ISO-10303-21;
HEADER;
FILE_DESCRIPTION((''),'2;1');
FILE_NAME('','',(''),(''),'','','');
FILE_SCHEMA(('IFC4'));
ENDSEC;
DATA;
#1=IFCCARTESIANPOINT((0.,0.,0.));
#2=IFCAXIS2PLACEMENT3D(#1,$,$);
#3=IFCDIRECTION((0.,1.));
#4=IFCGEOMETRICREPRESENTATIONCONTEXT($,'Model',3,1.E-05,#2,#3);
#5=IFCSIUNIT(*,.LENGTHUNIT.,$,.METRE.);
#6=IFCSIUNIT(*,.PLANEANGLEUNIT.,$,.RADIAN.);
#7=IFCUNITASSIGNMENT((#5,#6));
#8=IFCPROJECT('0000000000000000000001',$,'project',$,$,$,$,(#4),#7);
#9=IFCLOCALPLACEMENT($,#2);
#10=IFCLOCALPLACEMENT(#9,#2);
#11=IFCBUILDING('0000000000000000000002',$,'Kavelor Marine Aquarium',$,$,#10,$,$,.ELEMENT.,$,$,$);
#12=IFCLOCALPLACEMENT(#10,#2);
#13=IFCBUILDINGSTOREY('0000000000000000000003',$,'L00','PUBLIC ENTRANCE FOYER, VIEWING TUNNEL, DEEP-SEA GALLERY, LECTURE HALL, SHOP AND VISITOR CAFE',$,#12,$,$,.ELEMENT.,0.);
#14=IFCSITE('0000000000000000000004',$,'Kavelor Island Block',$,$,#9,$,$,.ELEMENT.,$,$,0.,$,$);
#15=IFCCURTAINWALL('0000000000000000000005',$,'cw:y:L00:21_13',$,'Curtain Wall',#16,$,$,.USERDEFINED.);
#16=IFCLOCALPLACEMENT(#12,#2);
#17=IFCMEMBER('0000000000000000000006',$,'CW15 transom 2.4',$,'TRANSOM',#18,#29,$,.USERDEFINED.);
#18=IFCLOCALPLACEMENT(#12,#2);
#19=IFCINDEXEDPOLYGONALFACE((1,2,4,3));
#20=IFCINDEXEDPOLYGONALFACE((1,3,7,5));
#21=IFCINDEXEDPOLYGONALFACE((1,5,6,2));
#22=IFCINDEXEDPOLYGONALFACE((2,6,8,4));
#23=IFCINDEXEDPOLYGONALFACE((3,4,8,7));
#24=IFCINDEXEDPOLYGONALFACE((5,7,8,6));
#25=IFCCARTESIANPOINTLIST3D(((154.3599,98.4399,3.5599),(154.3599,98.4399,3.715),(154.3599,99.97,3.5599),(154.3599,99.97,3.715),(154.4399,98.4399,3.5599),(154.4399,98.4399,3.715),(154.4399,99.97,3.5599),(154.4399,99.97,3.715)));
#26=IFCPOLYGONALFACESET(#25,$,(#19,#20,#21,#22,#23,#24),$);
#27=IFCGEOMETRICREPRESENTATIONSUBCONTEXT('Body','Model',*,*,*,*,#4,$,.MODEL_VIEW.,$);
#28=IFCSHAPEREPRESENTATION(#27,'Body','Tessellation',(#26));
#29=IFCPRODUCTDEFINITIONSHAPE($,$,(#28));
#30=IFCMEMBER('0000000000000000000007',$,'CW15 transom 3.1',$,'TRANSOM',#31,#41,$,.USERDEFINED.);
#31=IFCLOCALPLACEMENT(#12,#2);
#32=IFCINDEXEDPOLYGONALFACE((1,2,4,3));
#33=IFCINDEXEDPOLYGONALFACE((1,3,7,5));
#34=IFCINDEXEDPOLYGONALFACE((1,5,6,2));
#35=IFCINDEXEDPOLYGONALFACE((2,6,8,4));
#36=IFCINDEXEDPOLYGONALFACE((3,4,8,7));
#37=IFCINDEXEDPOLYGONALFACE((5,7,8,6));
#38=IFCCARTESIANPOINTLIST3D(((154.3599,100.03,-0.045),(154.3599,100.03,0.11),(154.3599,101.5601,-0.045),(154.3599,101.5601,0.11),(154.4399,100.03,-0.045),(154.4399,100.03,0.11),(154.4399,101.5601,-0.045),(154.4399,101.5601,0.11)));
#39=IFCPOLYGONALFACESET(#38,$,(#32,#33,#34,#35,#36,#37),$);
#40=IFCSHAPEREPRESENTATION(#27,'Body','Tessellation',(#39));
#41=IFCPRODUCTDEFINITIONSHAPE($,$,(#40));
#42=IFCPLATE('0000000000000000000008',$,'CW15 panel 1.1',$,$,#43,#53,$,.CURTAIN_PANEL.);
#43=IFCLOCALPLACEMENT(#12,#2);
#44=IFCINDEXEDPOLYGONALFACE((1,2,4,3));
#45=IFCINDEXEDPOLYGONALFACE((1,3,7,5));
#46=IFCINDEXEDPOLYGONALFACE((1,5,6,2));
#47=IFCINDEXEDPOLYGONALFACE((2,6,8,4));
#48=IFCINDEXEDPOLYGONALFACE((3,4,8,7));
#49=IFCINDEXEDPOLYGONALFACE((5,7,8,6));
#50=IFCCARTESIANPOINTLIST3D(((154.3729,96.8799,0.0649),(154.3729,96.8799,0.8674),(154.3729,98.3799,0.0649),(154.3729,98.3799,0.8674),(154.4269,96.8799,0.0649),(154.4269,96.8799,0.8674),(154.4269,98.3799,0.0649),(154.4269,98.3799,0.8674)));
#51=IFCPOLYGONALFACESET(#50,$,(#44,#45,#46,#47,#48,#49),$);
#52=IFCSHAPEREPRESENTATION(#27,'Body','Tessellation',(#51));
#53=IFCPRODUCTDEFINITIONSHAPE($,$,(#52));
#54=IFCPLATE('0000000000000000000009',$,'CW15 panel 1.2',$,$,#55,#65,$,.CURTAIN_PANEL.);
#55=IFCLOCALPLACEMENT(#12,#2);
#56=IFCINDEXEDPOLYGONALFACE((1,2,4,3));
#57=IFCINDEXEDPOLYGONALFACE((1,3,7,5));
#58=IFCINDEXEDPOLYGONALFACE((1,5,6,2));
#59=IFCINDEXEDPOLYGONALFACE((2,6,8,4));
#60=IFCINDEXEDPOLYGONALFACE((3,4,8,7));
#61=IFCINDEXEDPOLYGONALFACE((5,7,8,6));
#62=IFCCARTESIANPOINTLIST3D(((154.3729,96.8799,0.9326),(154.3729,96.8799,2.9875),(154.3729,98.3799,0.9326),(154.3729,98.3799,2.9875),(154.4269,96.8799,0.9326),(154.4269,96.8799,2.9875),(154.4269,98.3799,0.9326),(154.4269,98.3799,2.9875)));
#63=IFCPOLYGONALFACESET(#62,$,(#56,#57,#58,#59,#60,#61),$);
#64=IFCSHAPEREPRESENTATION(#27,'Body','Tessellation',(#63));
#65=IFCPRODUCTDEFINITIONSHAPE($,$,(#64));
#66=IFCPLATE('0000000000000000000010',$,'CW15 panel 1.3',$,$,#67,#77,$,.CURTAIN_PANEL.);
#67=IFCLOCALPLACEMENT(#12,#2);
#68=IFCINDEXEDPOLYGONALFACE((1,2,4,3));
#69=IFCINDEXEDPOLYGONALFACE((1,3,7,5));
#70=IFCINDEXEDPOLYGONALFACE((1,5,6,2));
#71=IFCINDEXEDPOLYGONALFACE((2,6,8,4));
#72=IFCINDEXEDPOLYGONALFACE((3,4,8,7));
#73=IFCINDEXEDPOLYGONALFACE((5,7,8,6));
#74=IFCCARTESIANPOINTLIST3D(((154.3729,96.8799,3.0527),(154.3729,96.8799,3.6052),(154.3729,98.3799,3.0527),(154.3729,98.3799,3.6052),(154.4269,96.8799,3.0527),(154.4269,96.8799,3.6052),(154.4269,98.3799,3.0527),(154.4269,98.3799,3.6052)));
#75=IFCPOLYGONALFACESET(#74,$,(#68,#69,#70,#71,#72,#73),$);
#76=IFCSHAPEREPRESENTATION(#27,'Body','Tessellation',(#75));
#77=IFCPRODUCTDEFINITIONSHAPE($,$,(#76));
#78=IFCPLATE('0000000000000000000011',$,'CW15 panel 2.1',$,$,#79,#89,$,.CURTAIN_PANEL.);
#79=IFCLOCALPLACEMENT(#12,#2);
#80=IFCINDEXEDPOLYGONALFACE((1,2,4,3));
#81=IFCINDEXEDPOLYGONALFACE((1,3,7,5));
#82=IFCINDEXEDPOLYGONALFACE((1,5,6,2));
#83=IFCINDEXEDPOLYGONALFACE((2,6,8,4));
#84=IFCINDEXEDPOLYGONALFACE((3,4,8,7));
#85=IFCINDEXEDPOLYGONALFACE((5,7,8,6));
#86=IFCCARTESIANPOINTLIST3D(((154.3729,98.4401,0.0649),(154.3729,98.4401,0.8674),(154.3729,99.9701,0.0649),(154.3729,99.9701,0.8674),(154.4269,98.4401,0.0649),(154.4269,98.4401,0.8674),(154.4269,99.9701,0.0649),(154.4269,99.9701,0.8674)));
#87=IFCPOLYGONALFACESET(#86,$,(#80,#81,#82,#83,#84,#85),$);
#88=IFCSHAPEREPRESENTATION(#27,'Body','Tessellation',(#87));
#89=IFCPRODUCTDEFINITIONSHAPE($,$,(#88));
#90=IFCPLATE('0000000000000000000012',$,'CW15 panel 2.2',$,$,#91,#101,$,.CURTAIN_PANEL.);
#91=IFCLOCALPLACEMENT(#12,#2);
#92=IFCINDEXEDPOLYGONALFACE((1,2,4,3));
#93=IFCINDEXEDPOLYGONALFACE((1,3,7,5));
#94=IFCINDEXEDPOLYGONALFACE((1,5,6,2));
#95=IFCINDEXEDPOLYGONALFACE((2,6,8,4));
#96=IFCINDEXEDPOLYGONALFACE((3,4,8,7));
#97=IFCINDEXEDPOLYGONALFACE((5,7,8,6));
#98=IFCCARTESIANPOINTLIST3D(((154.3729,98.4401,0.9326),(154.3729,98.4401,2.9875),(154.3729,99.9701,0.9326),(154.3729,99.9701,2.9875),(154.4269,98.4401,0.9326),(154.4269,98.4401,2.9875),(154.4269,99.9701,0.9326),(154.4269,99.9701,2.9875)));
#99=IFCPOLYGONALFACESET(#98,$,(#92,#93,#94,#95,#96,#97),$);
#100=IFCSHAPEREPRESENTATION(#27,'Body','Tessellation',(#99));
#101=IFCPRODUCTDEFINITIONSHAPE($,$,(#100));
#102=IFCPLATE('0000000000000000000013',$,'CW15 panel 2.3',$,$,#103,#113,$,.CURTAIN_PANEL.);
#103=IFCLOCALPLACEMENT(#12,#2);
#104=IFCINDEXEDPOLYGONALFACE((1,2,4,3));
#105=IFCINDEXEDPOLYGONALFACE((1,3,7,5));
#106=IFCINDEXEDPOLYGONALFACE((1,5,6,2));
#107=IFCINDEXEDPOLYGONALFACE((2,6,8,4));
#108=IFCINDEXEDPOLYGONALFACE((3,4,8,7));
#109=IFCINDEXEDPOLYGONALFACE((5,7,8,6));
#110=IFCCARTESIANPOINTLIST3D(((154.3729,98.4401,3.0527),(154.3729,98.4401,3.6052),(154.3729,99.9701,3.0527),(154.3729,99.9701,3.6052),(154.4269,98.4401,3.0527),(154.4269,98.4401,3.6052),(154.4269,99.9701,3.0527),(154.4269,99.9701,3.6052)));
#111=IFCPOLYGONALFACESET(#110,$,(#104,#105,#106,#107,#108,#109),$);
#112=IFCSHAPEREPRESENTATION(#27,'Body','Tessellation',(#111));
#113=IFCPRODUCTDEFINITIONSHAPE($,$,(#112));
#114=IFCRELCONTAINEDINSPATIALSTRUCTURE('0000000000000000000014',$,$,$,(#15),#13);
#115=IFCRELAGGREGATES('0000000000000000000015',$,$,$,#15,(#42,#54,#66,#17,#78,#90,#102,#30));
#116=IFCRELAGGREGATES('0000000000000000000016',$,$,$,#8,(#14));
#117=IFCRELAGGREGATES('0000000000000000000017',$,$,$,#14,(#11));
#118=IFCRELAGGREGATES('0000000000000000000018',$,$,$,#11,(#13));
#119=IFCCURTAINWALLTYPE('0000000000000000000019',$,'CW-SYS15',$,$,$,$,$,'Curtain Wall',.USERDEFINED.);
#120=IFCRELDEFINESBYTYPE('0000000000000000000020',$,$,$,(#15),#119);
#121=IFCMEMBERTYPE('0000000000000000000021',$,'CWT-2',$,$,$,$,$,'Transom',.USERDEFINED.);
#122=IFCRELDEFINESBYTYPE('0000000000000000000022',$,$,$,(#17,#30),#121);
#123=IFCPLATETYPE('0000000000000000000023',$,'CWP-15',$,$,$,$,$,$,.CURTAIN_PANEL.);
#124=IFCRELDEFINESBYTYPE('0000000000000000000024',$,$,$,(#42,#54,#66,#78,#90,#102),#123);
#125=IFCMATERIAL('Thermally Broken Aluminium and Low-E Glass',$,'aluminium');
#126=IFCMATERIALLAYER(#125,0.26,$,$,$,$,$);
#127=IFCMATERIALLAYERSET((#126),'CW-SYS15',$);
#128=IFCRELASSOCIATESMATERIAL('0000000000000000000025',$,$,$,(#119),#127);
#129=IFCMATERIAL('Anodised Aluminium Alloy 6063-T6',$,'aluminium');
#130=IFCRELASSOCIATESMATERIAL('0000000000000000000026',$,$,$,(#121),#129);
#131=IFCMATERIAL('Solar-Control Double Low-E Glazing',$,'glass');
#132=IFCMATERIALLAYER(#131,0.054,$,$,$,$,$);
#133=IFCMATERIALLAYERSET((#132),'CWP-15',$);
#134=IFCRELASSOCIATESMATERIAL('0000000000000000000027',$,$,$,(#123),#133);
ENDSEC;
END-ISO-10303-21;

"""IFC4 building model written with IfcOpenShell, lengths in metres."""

from ifc_helpers import new_model, si_unit, direction, frame, origin, origin_2d, place, context, subcontext, project, spatial, rectangle, extrude, material, layer, layer_set, material_profile, profile_set, type_object, element, aggregate, save


model = new_model("IFC4")

# Units and contexts
model_context = context("Model", 3, precision=1e-05, world=origin(), true_north=direction((0.0, 1.0)))
body_context = subcontext(model_context, "Body", "Model", "MODEL_VIEW")
ifc_project = project(units=[si_unit("LENGTHUNIT", "METRE"), si_unit("PLANEANGLEUNIT", "RADIAN")], contexts=[model_context])

# Site, building, storey
site_placement = place(None, origin())
site = spatial("IfcSite", under=ifc_project, at=site_placement, Name="Kavelor Island Block", CompositionType="ELEMENT", RefElevation=0.0)
building_placement = place(site_placement, origin())
building = spatial("IfcBuilding", under=site, at=building_placement, Name="Kavelor Marine Aquarium", CompositionType="ELEMENT")
storey_placement = place(building_placement, origin())
storey = spatial("IfcBuildingStorey", under=building, at=storey_placement, Name="L00", Description="PUBLIC ENTRANCE FOYER, VIEWING TUNNEL, DEEP-SEA GALLERY, LECTURE HALL, SHOP AND VISITOR CAFE", CompositionType="ELEMENT", Elevation=0.0)

# Curtain wall, members, plates
ifc_material_1 = material(Name="Thermally Broken Aluminium and Low-E Glass", Category="aluminium")
ifc_layer_1 = layer(ifc_material_1, 0.26)
ifc_layer_set_1 = layer_set([ifc_layer_1], Name="CW-SYS15")
curtain_wall_type = type_object("IfcCurtainWallType", Name="CW-SYS15", ElementType="Curtain Wall", PredefinedType="USERDEFINED", material=ifc_layer_set_1)
curtain_wall_placement = place(storey_placement, origin())
curtain_wall = element("IfcCurtainWall", 1, at=curtain_wall_placement, inside=storey, type_object=curtain_wall_type, Name="cw:y:L00:21_13", ObjectType="Curtain Wall", PredefinedType="USERDEFINED")
ifc_material_2 = material(Name="Anodised Aluminium Alloy 6063-T6", Category="aluminium")
ifc_material_profile_1 = material_profile(ifc_material_2, rectangle(XDim=0.0801, YDim=0.155, at=origin_2d()), Name="CW-TRN 80x155")
ifc_profile_set_1 = profile_set([ifc_material_profile_1], Name="Anodised Aluminium Alloy 6063-T6")
member_type_1 = type_object("IfcMemberType", Name="CWT-2", ElementType="Transom", PredefinedType="USERDEFINED", material=ifc_profile_set_1)
member_1_placement = place(storey_placement, frame((154.3999, 98.4399, 3.6375), z_axis=(0.0, 1.0, 0.0), x_axis=(-1.0, 0.0, 0.0)))
member_1 = element("IfcMember", 2, at=member_1_placement, type_object=member_type_1, Name="CW15 transom 2.4", ObjectType="TRANSOM", PredefinedType="USERDEFINED", context=body_context, shape_type="SweptSolid", body=[
    extrude(rectangle(XDim=0.0801, YDim=0.155, at=origin_2d()), origin(), (0.0, 0.0, 1.0), 1.53),
])
member_2_placement = place(storey_placement, frame((154.3999, 100.03, 0.0325), z_axis=(0.0, 1.0, 0.0), x_axis=(-1.0, 0.0, 0.0)))
member_2 = element("IfcMember", 3, at=member_2_placement, type_object=member_type_1, Name="CW15 transom 3.1", ObjectType="TRANSOM", PredefinedType="USERDEFINED", context=body_context, shape_type="SweptSolid", body=[
    extrude(rectangle(XDim=0.0801, YDim=0.155, at=origin_2d()), origin(), (0.0, 0.0, 1.0), 1.53),
])
ifc_material_3 = material(Name="Solar-Control Double Low-E Glazing", Category="glass")
ifc_layer_2 = layer(ifc_material_3, 0.054)
ifc_layer_set_2 = layer_set([ifc_layer_2], Name="CWP-15")
plate_type = type_object("IfcPlateType", Name="CWP-15", PredefinedType="CURTAIN_PANEL", material=ifc_layer_set_2)
plate_1_placement = place(storey_placement, frame((154.3999, 97.6299, 0.0649), z_axis=(0.0, 0.0, 1.0), x_axis=(0.0, 1.0, 0.0)))
plate_1 = element("IfcPlate", 4, at=plate_1_placement, type_object=plate_type, Name="CW15 panel 1.1", PredefinedType="CURTAIN_PANEL", context=body_context, shape_type="SweptSolid", body=[
    extrude(rectangle(XDim=1.5, YDim=0.054, at=origin_2d()), origin(), (0.0, 0.0, 1.0), 0.8025),
])
plate_2_placement = place(storey_placement, frame((154.3999, 97.6299, 0.9326), z_axis=(0.0, 0.0, 1.0), x_axis=(0.0, 1.0, 0.0)))
plate_2 = element("IfcPlate", 5, at=plate_2_placement, type_object=plate_type, Name="CW15 panel 1.2", PredefinedType="CURTAIN_PANEL", context=body_context, shape_type="SweptSolid", body=[
    extrude(rectangle(XDim=1.5, YDim=0.054, at=origin_2d()), origin(), (0.0, 0.0, 1.0), 2.0549),
])
plate_3_placement = place(storey_placement, frame((154.3999, 97.6299, 3.0527), z_axis=(0.0, 0.0, 1.0), x_axis=(0.0, 1.0, 0.0)))
plate_3 = element("IfcPlate", 6, at=plate_3_placement, type_object=plate_type, Name="CW15 panel 1.3", PredefinedType="CURTAIN_PANEL", context=body_context, shape_type="SweptSolid", body=[
    extrude(rectangle(XDim=1.5, YDim=0.054, at=origin_2d()), origin(), (0.0, 0.0, 1.0), 0.5525),
])
plate_4_placement = place(storey_placement, frame((154.3999, 99.2051, 0.0649), z_axis=(0.0, 0.0, 1.0), x_axis=(0.0, 1.0, 0.0)))
plate_4 = element("IfcPlate", 7, at=plate_4_placement, type_object=plate_type, Name="CW15 panel 2.1", PredefinedType="CURTAIN_PANEL", context=body_context, shape_type="SweptSolid", body=[
    extrude(rectangle(XDim=1.53, YDim=0.054, at=origin_2d()), origin(), (0.0, 0.0, 1.0), 0.8025),
])
plate_5_placement = place(storey_placement, frame((154.3999, 99.2051, 0.9326), z_axis=(0.0, 0.0, 1.0), x_axis=(0.0, 1.0, 0.0)))
plate_5 = element("IfcPlate", 8, at=plate_5_placement, type_object=plate_type, Name="CW15 panel 2.2", PredefinedType="CURTAIN_PANEL", context=body_context, shape_type="SweptSolid", body=[
    extrude(rectangle(XDim=1.53, YDim=0.054, at=origin_2d()), origin(), (0.0, 0.0, 1.0), 2.0549),
])
plate_6_placement = place(storey_placement, frame((154.3999, 99.2051, 3.0527), z_axis=(0.0, 0.0, 1.0), x_axis=(0.0, 1.0, 0.0)))
plate_6 = element("IfcPlate", 9, at=plate_6_placement, type_object=plate_type, Name="CW15 panel 2.3", PredefinedType="CURTAIN_PANEL", context=body_context, shape_type="SweptSolid", body=[
    extrude(rectangle(XDim=1.53, YDim=0.054, at=origin_2d()), origin(), (0.0, 0.0, 1.0), 0.5525),
])
aggregate(curtain_wall, [plate_1, plate_2, plate_3, member_1, plate_4, plate_5, plate_6, member_2])

save(model, "model.ifc")
